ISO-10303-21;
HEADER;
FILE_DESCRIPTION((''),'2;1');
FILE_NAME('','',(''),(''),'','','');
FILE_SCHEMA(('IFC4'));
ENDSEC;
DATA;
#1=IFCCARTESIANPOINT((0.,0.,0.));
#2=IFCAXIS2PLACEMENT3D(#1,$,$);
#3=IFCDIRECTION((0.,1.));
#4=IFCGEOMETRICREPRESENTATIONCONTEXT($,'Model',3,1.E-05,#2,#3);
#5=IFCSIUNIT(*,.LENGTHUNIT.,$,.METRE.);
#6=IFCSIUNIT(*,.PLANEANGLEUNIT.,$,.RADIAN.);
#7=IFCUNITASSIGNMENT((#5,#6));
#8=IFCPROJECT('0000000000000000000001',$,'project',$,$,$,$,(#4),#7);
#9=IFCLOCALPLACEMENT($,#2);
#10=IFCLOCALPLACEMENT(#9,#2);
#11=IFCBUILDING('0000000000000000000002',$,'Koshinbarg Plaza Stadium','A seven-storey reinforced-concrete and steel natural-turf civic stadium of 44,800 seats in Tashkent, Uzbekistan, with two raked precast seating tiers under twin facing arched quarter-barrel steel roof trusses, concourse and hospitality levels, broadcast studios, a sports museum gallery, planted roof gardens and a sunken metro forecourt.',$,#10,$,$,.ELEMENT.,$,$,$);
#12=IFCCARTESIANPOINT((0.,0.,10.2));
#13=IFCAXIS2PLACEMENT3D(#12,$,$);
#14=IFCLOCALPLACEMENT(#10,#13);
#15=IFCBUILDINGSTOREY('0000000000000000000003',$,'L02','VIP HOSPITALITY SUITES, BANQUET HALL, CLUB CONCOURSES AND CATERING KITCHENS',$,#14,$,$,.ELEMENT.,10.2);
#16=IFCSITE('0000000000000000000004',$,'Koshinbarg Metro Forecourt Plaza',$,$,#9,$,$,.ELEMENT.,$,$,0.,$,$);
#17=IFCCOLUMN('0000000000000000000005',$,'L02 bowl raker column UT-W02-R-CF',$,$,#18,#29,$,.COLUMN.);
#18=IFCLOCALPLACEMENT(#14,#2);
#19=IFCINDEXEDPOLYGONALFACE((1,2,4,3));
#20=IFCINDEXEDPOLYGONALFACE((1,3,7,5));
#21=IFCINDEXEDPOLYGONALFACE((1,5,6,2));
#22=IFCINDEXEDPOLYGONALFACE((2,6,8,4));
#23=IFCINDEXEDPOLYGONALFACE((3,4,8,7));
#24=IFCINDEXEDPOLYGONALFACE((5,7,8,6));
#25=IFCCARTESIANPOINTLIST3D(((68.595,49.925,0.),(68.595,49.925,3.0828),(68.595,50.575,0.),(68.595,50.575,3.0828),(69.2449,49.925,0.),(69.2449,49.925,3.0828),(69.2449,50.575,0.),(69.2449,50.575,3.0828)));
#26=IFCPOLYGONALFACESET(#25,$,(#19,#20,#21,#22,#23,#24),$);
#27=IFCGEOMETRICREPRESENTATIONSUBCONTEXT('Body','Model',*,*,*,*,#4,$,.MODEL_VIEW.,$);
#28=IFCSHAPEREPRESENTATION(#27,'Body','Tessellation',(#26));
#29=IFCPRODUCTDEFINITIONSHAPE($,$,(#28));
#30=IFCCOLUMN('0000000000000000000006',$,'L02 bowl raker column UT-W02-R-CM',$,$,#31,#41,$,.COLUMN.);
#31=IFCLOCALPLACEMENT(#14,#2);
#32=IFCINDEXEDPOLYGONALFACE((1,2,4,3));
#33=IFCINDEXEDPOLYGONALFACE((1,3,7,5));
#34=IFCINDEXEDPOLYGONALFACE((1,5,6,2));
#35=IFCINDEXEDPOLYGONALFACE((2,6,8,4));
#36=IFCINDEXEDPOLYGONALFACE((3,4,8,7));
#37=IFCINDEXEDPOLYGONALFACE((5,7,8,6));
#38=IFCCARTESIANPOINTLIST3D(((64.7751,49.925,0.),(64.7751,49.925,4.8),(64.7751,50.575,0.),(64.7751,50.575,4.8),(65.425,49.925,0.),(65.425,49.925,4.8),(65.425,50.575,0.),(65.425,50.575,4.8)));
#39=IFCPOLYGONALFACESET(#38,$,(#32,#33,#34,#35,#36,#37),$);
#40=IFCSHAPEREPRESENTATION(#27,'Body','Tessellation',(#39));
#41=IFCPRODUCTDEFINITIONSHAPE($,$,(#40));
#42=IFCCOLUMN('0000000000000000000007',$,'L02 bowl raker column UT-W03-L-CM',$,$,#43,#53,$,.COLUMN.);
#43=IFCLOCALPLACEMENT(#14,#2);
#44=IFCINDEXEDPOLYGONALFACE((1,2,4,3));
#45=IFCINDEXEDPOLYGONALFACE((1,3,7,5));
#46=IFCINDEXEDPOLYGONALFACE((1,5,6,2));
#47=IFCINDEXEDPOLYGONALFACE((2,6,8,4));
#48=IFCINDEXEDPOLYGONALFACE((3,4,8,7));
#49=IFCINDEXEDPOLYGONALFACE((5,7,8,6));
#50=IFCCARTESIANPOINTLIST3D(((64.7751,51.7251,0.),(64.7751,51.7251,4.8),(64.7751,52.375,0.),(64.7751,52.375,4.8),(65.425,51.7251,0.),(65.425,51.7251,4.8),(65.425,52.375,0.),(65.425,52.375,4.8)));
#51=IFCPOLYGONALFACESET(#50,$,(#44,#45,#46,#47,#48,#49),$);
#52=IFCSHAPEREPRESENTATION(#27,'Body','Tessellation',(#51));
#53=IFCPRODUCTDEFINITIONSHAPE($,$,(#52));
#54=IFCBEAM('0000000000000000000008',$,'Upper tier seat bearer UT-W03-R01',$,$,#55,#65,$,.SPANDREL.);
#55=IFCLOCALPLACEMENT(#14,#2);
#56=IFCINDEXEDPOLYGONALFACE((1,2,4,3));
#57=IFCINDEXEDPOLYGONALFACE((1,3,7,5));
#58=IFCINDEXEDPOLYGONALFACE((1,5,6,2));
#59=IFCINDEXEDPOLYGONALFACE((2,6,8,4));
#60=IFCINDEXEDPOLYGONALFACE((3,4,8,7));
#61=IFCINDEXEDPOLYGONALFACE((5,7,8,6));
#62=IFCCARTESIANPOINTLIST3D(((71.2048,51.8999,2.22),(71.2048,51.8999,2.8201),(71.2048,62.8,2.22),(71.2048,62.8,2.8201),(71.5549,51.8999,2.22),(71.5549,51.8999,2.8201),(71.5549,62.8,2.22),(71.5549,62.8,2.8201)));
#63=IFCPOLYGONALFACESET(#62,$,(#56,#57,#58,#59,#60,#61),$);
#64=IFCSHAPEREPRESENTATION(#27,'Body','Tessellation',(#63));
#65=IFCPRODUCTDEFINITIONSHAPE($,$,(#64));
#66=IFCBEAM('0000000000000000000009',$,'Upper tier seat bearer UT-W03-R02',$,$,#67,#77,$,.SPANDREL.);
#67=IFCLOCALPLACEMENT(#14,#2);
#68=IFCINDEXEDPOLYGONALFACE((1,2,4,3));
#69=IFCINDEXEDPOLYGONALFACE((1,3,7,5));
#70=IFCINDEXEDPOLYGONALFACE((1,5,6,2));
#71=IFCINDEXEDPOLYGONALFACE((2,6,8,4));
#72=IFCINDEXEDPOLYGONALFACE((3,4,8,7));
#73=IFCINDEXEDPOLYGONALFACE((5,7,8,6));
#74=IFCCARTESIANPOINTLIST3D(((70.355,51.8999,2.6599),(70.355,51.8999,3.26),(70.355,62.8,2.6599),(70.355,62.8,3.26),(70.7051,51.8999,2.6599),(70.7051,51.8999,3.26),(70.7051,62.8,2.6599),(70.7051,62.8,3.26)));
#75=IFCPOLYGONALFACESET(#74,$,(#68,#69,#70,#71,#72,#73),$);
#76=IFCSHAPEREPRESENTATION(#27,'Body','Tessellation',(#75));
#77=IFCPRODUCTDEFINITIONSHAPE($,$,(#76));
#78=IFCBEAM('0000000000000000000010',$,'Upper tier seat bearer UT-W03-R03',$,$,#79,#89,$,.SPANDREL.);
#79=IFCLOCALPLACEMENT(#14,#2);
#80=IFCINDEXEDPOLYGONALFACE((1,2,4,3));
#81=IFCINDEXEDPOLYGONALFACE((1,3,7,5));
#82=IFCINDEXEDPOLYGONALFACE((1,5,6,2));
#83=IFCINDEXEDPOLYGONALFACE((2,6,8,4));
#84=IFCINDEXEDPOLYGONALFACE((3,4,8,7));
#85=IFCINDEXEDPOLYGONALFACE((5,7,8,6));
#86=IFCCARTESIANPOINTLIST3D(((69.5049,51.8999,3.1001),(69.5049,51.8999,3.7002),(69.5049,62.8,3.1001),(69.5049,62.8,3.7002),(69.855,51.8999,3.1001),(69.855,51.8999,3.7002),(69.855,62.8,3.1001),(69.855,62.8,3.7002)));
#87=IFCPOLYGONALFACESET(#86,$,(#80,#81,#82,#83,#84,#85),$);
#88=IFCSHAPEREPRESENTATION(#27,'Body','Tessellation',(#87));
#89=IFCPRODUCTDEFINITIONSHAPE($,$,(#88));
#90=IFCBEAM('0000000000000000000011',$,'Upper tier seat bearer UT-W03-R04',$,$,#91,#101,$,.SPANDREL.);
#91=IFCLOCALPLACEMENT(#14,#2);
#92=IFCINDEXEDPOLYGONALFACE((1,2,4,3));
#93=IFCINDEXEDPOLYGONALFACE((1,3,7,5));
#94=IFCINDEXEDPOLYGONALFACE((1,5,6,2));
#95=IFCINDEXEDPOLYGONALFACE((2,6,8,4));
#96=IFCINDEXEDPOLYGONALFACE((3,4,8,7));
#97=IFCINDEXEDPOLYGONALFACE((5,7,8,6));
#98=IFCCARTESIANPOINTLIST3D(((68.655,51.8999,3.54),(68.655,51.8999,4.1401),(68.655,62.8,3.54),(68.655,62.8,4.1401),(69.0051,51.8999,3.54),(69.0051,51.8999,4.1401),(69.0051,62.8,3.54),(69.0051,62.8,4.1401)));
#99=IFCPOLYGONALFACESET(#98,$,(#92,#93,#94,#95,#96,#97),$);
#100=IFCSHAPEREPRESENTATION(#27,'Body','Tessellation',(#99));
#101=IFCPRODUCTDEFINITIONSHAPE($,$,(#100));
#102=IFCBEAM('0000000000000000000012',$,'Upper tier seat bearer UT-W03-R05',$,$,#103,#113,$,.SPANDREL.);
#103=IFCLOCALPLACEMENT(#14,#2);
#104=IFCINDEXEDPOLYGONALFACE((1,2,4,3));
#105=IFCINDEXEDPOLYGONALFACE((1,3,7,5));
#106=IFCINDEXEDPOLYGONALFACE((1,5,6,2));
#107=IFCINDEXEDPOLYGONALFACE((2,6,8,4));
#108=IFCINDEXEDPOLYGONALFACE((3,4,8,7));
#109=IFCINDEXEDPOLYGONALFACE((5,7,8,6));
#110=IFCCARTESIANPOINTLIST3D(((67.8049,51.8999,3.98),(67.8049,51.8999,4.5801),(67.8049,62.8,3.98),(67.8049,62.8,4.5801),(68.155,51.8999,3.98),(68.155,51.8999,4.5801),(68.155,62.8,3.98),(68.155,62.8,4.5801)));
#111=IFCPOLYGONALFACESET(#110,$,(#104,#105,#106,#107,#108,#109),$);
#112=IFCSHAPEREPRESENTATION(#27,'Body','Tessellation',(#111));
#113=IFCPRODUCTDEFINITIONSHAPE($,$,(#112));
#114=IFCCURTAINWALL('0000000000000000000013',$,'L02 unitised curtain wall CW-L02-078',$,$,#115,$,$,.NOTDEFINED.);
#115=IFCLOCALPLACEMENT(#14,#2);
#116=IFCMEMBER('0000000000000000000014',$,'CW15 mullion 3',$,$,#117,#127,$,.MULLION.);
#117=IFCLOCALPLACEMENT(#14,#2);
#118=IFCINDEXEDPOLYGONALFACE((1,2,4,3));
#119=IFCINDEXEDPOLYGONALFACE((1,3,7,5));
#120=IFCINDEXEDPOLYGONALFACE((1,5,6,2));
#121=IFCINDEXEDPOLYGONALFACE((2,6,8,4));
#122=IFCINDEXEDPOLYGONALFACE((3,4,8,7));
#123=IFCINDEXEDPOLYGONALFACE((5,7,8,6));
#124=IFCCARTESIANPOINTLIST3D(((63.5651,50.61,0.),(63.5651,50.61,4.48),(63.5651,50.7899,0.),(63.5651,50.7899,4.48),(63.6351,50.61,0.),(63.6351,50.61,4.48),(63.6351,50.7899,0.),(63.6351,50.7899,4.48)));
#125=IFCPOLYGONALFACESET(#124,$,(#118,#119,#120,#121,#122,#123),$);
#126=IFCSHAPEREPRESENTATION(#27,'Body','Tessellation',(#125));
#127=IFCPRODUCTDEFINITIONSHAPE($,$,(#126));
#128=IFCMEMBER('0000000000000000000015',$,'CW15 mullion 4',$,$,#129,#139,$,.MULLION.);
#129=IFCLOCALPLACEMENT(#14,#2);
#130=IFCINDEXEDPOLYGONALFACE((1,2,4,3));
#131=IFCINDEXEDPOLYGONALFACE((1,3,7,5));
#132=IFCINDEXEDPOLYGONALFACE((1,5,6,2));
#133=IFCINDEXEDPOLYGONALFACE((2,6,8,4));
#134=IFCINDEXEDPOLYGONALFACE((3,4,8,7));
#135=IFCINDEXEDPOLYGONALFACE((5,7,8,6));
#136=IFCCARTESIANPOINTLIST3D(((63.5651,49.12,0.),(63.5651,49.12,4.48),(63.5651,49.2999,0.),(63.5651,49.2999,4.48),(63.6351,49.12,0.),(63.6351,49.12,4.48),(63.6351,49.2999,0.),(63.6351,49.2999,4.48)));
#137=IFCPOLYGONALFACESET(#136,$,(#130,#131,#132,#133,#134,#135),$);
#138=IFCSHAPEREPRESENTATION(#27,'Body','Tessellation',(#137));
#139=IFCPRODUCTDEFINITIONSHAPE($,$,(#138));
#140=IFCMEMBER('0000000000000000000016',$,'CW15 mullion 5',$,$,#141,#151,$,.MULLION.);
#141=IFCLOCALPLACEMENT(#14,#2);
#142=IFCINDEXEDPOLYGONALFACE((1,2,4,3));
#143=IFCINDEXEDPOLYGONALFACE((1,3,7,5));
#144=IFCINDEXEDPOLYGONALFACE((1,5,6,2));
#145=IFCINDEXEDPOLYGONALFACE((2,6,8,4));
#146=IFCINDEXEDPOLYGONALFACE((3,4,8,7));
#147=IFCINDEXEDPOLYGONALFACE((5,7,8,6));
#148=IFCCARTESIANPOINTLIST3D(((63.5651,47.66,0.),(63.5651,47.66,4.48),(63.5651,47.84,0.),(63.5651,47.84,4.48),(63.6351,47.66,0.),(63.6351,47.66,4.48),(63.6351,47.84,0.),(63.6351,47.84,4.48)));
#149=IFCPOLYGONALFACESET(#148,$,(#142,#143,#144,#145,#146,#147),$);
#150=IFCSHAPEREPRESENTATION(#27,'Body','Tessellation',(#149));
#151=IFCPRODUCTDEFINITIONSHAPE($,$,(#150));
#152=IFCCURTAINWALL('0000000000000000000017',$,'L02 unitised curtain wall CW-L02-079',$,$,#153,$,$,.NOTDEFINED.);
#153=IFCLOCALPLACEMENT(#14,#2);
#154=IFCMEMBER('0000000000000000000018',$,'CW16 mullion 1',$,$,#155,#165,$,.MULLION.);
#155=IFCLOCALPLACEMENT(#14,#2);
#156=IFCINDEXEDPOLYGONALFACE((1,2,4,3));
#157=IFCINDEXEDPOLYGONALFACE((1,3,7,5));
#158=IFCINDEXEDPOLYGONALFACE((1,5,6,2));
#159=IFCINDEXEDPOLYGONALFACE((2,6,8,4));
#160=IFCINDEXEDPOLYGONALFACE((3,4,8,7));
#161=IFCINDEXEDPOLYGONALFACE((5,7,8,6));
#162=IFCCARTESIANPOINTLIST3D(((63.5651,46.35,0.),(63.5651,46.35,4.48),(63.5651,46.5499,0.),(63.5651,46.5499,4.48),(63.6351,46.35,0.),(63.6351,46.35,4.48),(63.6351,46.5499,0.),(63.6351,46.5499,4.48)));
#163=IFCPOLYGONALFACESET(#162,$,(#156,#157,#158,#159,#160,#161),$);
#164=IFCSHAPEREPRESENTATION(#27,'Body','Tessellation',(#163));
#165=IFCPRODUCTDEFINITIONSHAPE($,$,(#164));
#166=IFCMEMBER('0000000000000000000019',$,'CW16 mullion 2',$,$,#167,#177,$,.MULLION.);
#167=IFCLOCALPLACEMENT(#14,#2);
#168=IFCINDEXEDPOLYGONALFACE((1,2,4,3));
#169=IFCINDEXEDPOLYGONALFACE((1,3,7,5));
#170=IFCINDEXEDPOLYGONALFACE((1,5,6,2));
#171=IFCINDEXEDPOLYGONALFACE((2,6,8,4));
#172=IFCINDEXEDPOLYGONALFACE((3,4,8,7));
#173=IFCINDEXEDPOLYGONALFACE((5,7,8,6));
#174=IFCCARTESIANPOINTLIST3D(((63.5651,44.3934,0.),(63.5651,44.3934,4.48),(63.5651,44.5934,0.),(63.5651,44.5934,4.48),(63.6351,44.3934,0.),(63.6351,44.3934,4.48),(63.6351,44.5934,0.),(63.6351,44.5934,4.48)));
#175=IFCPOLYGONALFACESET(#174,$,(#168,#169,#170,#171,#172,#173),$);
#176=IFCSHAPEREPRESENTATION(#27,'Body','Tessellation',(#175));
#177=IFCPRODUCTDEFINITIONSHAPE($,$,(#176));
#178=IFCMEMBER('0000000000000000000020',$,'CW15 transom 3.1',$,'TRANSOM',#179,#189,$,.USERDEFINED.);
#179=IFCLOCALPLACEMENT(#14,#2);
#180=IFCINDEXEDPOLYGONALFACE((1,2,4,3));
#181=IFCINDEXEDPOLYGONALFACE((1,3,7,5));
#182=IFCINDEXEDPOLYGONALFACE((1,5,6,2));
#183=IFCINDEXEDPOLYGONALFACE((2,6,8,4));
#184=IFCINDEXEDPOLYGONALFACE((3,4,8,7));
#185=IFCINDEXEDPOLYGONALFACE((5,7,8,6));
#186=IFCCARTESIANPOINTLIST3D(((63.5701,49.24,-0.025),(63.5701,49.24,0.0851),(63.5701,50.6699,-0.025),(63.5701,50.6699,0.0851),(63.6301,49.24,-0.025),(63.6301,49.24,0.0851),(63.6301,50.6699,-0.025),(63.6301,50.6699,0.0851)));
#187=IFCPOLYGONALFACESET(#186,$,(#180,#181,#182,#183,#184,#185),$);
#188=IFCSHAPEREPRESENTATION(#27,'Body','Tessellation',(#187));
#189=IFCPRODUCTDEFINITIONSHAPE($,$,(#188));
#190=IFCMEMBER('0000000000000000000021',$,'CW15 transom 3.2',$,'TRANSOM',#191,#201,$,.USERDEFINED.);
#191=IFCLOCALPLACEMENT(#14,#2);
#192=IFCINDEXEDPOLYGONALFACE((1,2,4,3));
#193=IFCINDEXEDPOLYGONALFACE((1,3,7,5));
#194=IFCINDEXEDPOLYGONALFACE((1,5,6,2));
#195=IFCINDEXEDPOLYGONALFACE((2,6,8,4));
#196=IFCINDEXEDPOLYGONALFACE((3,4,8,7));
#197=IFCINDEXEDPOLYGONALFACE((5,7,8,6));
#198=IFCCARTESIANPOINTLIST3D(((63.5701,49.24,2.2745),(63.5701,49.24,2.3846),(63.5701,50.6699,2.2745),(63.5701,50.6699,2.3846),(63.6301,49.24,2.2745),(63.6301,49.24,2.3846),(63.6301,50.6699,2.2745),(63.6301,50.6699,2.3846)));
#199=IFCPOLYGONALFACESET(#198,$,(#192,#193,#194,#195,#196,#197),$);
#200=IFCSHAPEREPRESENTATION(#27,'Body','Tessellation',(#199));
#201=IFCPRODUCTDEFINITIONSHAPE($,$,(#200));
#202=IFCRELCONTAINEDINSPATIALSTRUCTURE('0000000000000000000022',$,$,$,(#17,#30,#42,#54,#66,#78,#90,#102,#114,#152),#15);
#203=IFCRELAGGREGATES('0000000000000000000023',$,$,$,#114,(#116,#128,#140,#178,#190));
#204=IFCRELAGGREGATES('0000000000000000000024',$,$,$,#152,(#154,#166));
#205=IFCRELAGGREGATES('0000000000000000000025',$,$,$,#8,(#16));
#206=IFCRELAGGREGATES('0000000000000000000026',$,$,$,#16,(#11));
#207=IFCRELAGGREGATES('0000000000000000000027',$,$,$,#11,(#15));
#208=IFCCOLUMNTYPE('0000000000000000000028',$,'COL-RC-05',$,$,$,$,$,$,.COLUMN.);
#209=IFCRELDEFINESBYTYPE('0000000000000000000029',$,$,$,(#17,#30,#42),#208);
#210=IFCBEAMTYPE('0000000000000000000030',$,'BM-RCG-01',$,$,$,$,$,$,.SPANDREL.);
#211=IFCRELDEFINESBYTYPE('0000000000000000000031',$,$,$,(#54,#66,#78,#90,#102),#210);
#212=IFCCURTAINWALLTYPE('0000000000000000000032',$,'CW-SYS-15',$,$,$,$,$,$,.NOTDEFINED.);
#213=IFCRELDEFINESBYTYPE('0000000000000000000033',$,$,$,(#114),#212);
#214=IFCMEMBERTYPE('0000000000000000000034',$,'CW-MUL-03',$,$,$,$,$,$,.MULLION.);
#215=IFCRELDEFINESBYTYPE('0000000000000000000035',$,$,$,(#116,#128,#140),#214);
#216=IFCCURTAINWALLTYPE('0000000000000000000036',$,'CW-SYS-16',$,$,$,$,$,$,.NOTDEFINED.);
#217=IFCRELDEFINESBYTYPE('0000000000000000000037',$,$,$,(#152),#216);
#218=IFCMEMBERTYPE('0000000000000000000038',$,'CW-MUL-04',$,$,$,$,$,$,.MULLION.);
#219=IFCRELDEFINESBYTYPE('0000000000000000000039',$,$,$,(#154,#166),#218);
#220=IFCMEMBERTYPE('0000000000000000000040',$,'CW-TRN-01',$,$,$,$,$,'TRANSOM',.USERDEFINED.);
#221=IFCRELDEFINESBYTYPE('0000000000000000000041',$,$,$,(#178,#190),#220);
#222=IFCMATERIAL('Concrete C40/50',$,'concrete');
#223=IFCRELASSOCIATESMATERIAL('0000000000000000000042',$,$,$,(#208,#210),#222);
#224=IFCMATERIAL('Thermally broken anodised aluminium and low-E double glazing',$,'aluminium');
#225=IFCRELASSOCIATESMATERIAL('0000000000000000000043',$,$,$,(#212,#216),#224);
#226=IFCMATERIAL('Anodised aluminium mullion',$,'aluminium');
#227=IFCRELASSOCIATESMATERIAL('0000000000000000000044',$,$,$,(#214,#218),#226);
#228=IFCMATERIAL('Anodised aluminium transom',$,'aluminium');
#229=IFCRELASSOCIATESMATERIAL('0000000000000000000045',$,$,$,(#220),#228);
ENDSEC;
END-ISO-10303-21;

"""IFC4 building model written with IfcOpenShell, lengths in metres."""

from ifc_helpers import new_model, si_unit, direction, frame, origin, origin_2d, place, context, subcontext, project, spatial, rectangle, extrude, material, material_profile, profile_set, type_object, element, aggregate, save


model = new_model("IFC4")

# Units and contexts
model_context = context("Model", 3, precision=1e-05, world=origin(), true_north=direction((0.0, 1.0)))
body_context = subcontext(model_context, "Body", "Model", "MODEL_VIEW")
ifc_project = project(units=[si_unit("LENGTHUNIT", "METRE"), si_unit("PLANEANGLEUNIT", "RADIAN")], contexts=[model_context])

# Site, building, storey
site_placement = place(None, origin())
site = spatial("IfcSite", under=ifc_project, at=site_placement, Name="Koshinbarg Metro Forecourt Plaza", CompositionType="ELEMENT", RefElevation=0.0)
building_placement = place(site_placement, origin())
building = spatial("IfcBuilding", under=site, at=building_placement, Name="Koshinbarg Plaza Stadium", Description="A seven-storey reinforced-concrete and steel natural-turf civic stadium of 44,800 seats in Tashkent, Uzbekistan, with two raked precast seating tiers under twin facing arched quarter-barrel steel roof trusses, concourse and hospitality levels, broadcast studios, a sports museum gallery, planted roof gardens and a sunken metro forecourt.", CompositionType="ELEMENT")
storey_placement = place(building_placement, frame((0.0, 0.0, 10.2)))
storey = spatial("IfcBuildingStorey", under=building, at=storey_placement, Name="L02", Description="VIP HOSPITALITY SUITES, BANQUET HALL, CLUB CONCOURSES AND CATERING KITCHENS", CompositionType="ELEMENT", Elevation=10.2)

# Columns
ifc_material_1 = material(Name="Concrete C40/50", Category="concrete")
ifc_material_profile_1 = material_profile(ifc_material_1, rectangle(XDim=0.6499, YDim=0.6499, at=origin_2d()), Name="RC 650x650")
ifc_profile_set_1 = profile_set([ifc_material_profile_1], Name="Concrete C40/50")
column_type = type_object("IfcColumnType", Name="COL-RC-05", PredefinedType="COLUMN", material=ifc_profile_set_1)
column_placement = place(storey_placement, frame((68.9199, 50.25, 0.0), z_axis=(0.0, 0.0, 1.0), x_axis=(1.0, 0.0, 0.0)))
element("IfcColumn", 1, at=column_placement, inside=storey, type_object=column_type, Name="L02 bowl raker column UT-W02-R-CF", PredefinedType="COLUMN", context=body_context, shape_type="SweptSolid", body=[
    extrude(rectangle(XDim=0.6499, YDim=0.6499, at=origin_2d()), origin(), (0.0, 0.0, 1.0), 3.0828),
])
for number, where, z_axis, x_axis, name in (
    (2, (65.1001, 50.25, 0.0), (0.0, 0.0, 1.0), (1.0, 0.0, 0.0), "L02 bowl raker column UT-W02-R-CM"),
    (3, (65.1001, 52.05, 0.0), (0.0, 0.0, 1.0), (1.0, 0.0, 0.0), "L02 bowl raker column UT-W03-L-CM"),
):
    element("IfcColumn", number, at=place(storey_placement, frame(where, z_axis=z_axis, x_axis=x_axis)), inside=storey, type_object=column_type, Name=name, PredefinedType="COLUMN", context=body_context, shape_type="SweptSolid", body=[
        extrude(rectangle(XDim=0.6499, YDim=0.6499, at=origin_2d()), origin(), (0.0, 0.0, 1.0), 4.8),
    ])

# Beams
ifc_material_profile_2 = material_profile(ifc_material_1, rectangle(XDim=0.3501, YDim=0.6001, at=origin_2d()), Name="RC 350x600")
ifc_profile_set_2 = profile_set([ifc_material_profile_2], Name="Concrete C40/50")
beam_type = type_object("IfcBeamType", Name="BM-RCG-01", PredefinedType="SPANDREL", material=ifc_profile_set_2)
for number, where, z_axis, x_axis, name in (
    (4, (71.3799, 51.8999, 2.52), (0.0, 1.0, 0.0), (-1.0, 0.0, 0.0), "Upper tier seat bearer UT-W03-R01"),
    (5, (70.53, 51.8999, 2.96), (0.0, 1.0, 0.0), (-1.0, 0.0, 0.0), "Upper tier seat bearer UT-W03-R02"),
    (6, (69.6799, 51.8999, 3.4001), (0.0, 1.0, 0.0), (-1.0, 0.0, 0.0), "Upper tier seat bearer UT-W03-R03"),
    (7, (68.8301, 51.8999, 3.8401), (0.0, 1.0, 0.0), (-1.0, 0.0, 0.0), "Upper tier seat bearer UT-W03-R04"),
    (8, (67.98, 51.8999, 4.28), (0.0, 1.0, 0.0), (-1.0, 0.0, 0.0), "Upper tier seat bearer UT-W03-R05"),
):
    element("IfcBeam", number, at=place(storey_placement, frame(where, z_axis=z_axis, x_axis=x_axis)), inside=storey, type_object=beam_type, Name=name, PredefinedType="SPANDREL", context=body_context, shape_type="SweptSolid", body=[
        extrude(rectangle(XDim=0.3501, YDim=0.6001, at=origin_2d()), origin(), (0.0, 0.0, 1.0), 10.9001),
    ])

# Curtain walls, members
ifc_material_2 = material(Name="Thermally broken anodised aluminium and low-E double glazing", Category="aluminium")
curtain_wall_type_1 = type_object("IfcCurtainWallType", Name="CW-SYS-15", PredefinedType="NOTDEFINED", material=ifc_material_2)
curtain_wall_1_placement = place(storey_placement, origin())
curtain_wall_1 = element("IfcCurtainWall", 9, at=curtain_wall_1_placement, inside=storey, type_object=curtain_wall_type_1, Name="L02 unitised curtain wall CW-L02-078", PredefinedType="NOTDEFINED")
ifc_material_3 = material(Name="Anodised aluminium mullion", Category="aluminium")
ifc_material_profile_3 = material_profile(ifc_material_3, rectangle(XDim=0.0701, YDim=0.1799, at=origin_2d()), Name="ALU 70x180")
ifc_profile_set_3 = profile_set([ifc_material_profile_3], Name="Anodised aluminium mullion")
member_type_1 = type_object("IfcMemberType", Name="CW-MUL-03", PredefinedType="MULLION", material=ifc_profile_set_3)
member_1_placement = place(storey_placement, frame((63.6001, 50.7, 0.0), z_axis=(0.0, 0.0, 1.0), x_axis=(1.0, 0.0, 0.0)))
member_1 = element("IfcMember", 10, at=member_1_placement, type_object=member_type_1, Name="CW15 mullion 3", PredefinedType="MULLION", context=body_context, shape_type="SweptSolid", body=[
    extrude(rectangle(XDim=0.0701, YDim=0.1799, at=origin_2d()), origin(), (0.0, 0.0, 1.0), 4.48),
])
member_2_placement = place(storey_placement, frame((63.6001, 49.21, 0.0), z_axis=(0.0, 0.0, 1.0), x_axis=(1.0, 0.0, 0.0)))
member_2 = element("IfcMember", 11, at=member_2_placement, type_object=member_type_1, Name="CW15 mullion 4", PredefinedType="MULLION", context=body_context, shape_type="SweptSolid", body=[
    extrude(rectangle(XDim=0.0701, YDim=0.1799, at=origin_2d()), origin(), (0.0, 0.0, 1.0), 4.48),
])
member_3_placement = place(storey_placement, frame((63.6001, 47.75, 0.0), z_axis=(0.0, 0.0, 1.0), x_axis=(1.0, 0.0, 0.0)))
member_3 = element("IfcMember", 12, at=member_3_placement, type_object=member_type_1, Name="CW15 mullion 5", PredefinedType="MULLION", context=body_context, shape_type="SweptSolid", body=[
    extrude(rectangle(XDim=0.0701, YDim=0.1799, at=origin_2d()), origin(), (0.0, 0.0, 1.0), 4.48),
])
curtain_wall_type_2 = type_object("IfcCurtainWallType", Name="CW-SYS-16", PredefinedType="NOTDEFINED", material=ifc_material_2)
curtain_wall_2_placement = place(storey_placement, origin())
curtain_wall_2 = element("IfcCurtainWall", 13, at=curtain_wall_2_placement, inside=storey, type_object=curtain_wall_type_2, Name="L02 unitised curtain wall CW-L02-079", PredefinedType="NOTDEFINED")
ifc_material_profile_4 = material_profile(ifc_material_3, rectangle(XDim=0.0701, YDim=0.2, at=origin_2d()), Name="ALU 70x200")
ifc_profile_set_4 = profile_set([ifc_material_profile_4], Name="Anodised aluminium mullion")
member_type_2 = type_object("IfcMemberType", Name="CW-MUL-04", PredefinedType="MULLION", material=ifc_profile_set_4)
member_4_placement = place(storey_placement, frame((63.6001, 46.45, 0.0), z_axis=(0.0, 0.0, 1.0), x_axis=(1.0, 0.0, 0.0)))
member_4 = element("IfcMember", 14, at=member_4_placement, type_object=member_type_2, Name="CW16 mullion 1", PredefinedType="MULLION", context=body_context, shape_type="SweptSolid", body=[
    extrude(rectangle(XDim=0.0701, YDim=0.2, at=origin_2d()), origin(), (0.0, 0.0, 1.0), 4.48),
])
member_5_placement = place(storey_placement, frame((63.6001, 44.4934, 0.0), z_axis=(0.0, 0.0, 1.0), x_axis=(1.0, 0.0, 0.0)))
member_5 = element("IfcMember", 15, at=member_5_placement, type_object=member_type_2, Name="CW16 mullion 2", PredefinedType="MULLION", context=body_context, shape_type="SweptSolid", body=[
    extrude(rectangle(XDim=0.0701, YDim=0.2, at=origin_2d()), origin(), (0.0, 0.0, 1.0), 4.48),
])

# Members
ifc_material_4 = material(Name="Anodised aluminium transom", Category="aluminium")
ifc_material_profile_5 = material_profile(ifc_material_4, rectangle(XDim=0.0601, YDim=0.1101, at=origin_2d()), Name="ALU 60x110")
ifc_profile_set_5 = profile_set([ifc_material_profile_5], Name="Anodised aluminium transom")
member_type_3 = type_object("IfcMemberType", Name="CW-TRN-01", ElementType="TRANSOM", PredefinedType="USERDEFINED", material=ifc_profile_set_5)
member_6_placement = place(storey_placement, frame((63.6001, 50.6699, 0.03), z_axis=(0.0, -1.0, 0.0), x_axis=(1.0, 0.0, 0.0)))
member_6 = element("IfcMember", 16, at=member_6_placement, type_object=member_type_3, Name="CW15 transom 3.1", ObjectType="TRANSOM", PredefinedType="USERDEFINED", context=body_context, shape_type="SweptSolid", body=[
    extrude(rectangle(XDim=0.0601, YDim=0.1101, at=origin_2d()), origin(), (0.0, 0.0, 1.0), 1.4299),
])
member_7_placement = place(storey_placement, frame((63.6001, 50.6699, 2.3296), z_axis=(0.0, -1.0, 0.0), x_axis=(1.0, 0.0, 0.0)))
member_7 = element("IfcMember", 17, at=member_7_placement, type_object=member_type_3, Name="CW15 transom 3.2", ObjectType="TRANSOM", PredefinedType="USERDEFINED", context=body_context, shape_type="SweptSolid", body=[
    extrude(rectangle(XDim=0.0601, YDim=0.1101, at=origin_2d()), origin(), (0.0, 0.0, 1.0), 1.4299),
])

aggregate(curtain_wall_1, [member_1, member_2, member_3, member_6, member_7])
aggregate(curtain_wall_2, [member_4, member_5])

save(model, "model.ifc")
